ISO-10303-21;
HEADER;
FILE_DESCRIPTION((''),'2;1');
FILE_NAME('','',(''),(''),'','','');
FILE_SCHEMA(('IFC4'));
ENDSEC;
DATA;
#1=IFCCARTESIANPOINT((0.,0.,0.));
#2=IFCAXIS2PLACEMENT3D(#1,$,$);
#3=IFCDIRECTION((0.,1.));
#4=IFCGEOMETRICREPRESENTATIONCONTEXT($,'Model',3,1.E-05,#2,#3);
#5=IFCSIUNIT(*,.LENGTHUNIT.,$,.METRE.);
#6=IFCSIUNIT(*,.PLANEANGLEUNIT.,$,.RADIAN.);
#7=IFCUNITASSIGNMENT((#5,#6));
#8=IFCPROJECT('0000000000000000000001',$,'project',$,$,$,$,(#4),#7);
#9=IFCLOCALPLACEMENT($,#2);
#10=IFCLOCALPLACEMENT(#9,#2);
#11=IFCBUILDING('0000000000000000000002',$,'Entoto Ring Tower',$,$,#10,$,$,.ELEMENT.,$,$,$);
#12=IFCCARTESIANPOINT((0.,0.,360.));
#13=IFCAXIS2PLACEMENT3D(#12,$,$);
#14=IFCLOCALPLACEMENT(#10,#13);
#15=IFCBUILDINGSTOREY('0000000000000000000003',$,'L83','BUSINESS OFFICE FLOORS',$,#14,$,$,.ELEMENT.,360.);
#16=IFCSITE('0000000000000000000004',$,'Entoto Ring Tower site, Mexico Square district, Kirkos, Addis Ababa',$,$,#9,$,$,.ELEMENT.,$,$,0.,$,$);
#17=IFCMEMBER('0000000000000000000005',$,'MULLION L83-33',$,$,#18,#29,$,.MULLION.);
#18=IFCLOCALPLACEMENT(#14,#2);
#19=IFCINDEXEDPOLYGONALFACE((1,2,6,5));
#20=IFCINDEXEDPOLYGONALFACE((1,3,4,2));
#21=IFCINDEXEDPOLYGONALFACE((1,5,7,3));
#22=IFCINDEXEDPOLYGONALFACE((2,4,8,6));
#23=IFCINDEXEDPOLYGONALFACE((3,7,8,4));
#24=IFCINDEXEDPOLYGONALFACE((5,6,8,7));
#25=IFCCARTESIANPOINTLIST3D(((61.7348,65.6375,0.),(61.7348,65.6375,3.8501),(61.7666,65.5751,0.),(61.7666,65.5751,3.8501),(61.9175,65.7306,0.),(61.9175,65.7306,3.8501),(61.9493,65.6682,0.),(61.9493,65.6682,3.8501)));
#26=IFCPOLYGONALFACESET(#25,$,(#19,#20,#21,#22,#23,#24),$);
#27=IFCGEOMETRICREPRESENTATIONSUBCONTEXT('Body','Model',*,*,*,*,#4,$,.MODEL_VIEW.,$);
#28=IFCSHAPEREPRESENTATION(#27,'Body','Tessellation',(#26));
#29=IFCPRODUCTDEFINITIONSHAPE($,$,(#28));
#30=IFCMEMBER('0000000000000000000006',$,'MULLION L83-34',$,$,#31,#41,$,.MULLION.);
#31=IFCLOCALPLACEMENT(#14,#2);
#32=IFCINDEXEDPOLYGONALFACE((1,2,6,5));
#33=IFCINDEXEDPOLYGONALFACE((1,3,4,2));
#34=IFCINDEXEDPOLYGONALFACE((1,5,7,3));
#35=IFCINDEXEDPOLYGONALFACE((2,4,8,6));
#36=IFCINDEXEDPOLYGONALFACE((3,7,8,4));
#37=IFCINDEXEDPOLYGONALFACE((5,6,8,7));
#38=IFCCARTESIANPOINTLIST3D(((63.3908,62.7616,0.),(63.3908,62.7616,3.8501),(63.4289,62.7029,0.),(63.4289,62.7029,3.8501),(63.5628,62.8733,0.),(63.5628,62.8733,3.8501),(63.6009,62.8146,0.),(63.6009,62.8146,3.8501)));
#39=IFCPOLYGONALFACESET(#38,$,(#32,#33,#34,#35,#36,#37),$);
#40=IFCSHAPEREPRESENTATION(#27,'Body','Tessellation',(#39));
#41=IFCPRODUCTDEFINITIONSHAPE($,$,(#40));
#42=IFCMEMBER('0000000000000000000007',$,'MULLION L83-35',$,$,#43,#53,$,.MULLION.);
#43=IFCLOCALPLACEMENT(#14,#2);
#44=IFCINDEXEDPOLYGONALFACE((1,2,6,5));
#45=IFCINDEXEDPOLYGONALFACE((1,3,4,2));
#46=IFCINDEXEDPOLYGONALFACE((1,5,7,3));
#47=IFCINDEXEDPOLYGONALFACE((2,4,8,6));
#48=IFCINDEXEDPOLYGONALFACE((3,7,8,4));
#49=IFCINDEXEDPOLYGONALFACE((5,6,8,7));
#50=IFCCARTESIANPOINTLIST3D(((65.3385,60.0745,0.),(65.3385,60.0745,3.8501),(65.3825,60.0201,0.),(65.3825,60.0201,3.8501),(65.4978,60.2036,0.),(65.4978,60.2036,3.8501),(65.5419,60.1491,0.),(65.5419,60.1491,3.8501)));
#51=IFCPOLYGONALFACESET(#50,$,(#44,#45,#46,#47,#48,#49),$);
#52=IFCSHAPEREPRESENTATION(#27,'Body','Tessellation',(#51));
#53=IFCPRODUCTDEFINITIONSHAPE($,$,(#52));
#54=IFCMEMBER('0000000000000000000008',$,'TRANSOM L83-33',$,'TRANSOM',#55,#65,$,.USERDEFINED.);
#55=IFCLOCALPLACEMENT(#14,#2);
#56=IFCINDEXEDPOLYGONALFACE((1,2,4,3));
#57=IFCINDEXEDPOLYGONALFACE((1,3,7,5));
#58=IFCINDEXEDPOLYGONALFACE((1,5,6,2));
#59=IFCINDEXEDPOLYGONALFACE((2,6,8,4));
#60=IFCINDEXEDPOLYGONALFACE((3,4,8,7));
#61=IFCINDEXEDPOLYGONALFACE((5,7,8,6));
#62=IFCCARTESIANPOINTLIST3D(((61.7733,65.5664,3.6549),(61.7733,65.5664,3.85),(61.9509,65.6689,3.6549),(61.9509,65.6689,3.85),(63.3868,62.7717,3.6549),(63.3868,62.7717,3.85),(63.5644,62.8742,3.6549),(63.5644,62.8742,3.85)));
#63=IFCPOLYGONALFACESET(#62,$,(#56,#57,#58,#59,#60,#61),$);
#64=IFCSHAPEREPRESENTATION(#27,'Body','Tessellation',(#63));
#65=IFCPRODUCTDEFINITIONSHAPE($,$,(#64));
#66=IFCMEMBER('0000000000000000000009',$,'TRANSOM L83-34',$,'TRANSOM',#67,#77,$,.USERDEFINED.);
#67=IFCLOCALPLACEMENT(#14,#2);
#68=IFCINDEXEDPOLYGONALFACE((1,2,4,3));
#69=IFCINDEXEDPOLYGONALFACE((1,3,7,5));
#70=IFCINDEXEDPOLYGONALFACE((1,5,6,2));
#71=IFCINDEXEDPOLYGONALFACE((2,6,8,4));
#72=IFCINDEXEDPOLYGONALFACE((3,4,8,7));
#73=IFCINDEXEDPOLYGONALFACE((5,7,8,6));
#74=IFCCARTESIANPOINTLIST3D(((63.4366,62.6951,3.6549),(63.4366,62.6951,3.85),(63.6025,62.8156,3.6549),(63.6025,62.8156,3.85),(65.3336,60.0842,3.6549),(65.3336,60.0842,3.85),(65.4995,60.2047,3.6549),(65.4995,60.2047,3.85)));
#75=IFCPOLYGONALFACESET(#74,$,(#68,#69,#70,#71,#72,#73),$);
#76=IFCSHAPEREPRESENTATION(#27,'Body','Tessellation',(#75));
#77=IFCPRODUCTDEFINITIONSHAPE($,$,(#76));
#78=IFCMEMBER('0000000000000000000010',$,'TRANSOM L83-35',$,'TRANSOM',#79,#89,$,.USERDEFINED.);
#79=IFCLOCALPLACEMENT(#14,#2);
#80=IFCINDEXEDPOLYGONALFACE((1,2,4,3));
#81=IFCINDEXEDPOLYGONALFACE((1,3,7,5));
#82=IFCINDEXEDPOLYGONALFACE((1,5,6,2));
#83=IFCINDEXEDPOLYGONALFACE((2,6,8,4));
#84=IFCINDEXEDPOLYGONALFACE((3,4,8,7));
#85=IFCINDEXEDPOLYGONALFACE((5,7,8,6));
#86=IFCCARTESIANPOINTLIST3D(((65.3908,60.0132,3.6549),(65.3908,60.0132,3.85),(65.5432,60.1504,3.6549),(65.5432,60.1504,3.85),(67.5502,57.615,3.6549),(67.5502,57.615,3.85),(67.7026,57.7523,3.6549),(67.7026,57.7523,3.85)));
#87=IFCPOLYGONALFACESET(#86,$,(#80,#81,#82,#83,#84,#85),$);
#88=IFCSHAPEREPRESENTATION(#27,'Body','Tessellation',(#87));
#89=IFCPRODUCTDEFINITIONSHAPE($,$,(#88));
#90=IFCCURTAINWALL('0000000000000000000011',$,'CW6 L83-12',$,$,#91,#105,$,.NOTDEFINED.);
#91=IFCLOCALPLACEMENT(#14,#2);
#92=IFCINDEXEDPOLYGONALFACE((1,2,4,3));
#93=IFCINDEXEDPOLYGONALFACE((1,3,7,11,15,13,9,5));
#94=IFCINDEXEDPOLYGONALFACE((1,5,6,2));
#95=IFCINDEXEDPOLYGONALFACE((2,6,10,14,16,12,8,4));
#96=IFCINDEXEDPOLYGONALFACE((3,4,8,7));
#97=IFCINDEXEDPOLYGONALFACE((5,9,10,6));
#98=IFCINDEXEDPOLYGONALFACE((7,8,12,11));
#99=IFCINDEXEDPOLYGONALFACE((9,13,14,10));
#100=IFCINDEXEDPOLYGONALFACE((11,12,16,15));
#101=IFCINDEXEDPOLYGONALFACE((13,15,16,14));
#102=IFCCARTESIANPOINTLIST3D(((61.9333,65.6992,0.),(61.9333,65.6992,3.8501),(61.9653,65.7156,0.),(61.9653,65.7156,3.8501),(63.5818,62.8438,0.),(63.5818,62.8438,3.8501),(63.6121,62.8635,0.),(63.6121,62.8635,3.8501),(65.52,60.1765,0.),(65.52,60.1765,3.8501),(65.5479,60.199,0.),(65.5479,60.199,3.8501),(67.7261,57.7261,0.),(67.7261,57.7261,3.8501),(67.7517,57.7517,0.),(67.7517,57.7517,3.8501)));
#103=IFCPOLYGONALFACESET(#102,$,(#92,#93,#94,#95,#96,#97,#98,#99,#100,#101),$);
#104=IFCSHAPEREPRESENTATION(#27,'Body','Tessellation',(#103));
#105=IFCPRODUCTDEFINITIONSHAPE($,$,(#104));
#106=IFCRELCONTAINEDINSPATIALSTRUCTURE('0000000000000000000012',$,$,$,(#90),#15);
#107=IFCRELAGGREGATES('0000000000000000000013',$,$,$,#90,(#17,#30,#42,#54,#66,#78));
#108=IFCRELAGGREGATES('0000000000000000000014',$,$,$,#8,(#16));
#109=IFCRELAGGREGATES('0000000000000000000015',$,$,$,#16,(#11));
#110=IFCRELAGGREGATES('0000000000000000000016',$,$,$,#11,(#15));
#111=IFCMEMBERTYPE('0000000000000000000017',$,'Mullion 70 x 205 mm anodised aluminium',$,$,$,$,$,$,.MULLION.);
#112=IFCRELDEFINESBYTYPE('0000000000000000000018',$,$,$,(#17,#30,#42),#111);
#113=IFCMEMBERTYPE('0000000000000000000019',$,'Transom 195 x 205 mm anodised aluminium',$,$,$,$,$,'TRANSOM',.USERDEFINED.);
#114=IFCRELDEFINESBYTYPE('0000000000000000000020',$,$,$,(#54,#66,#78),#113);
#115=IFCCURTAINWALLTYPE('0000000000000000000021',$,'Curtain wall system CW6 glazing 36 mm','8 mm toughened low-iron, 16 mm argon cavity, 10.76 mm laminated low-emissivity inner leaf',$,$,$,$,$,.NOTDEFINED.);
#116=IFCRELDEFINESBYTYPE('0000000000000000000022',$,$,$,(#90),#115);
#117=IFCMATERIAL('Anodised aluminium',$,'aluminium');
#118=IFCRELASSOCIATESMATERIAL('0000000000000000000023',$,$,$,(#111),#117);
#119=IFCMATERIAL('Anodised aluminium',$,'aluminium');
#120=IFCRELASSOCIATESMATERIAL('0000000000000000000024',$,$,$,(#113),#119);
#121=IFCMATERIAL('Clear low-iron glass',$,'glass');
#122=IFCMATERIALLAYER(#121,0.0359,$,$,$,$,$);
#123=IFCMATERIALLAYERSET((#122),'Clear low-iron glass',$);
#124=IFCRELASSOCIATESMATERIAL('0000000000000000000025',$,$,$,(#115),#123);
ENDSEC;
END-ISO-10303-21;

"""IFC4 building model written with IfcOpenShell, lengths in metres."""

from ifc_helpers import new_model, si_unit, direction, frame, origin, origin_2d, place, context, subcontext, project, spatial, polyline, rectangle, outline, extrude, material, layer, layer_set, material_profile, profile_set, type_object, element, aggregate, save


model = new_model("IFC4")

# Units and contexts
model_context = context("Model", 3, precision=1e-05, world=origin(), true_north=direction((0.0, 1.0)))
body_context = subcontext(model_context, "Body", "Model", "MODEL_VIEW")
ifc_project = project(units=[si_unit("LENGTHUNIT", "METRE"), si_unit("PLANEANGLEUNIT", "RADIAN")], contexts=[model_context])

# Members
ifc_material_1 = material(Name="Anodised aluminium", Category="aluminium")
ifc_material_profile_1 = material_profile(ifc_material_1, rectangle(XDim=0.0701, YDim=0.2051, at=origin_2d()), Name="Mullion 70 x 205 mm anodised aluminium")
ifc_profile_set_1 = profile_set([ifc_material_profile_1], Name="Anodised aluminium")
member_type_1 = type_object("IfcMemberType", Name="Mullion 70 x 205 mm anodised aluminium", PredefinedType="MULLION", material=ifc_profile_set_1)
site_placement = place(None, origin())
building_placement = place(site_placement, origin())
storey_placement = place(building_placement, frame((0.0, 0.0, 360.0)))
member_1_placement = place(storey_placement, frame((61.842, 65.6528, 0.0), z_axis=(0.0, 0.0, 1.0), x_axis=(0.45399, -0.891007, 0.0)))
member_1 = element("IfcMember", 1, at=member_1_placement, type_object=member_type_1, Name="MULLION L83-33", PredefinedType="MULLION", context=body_context, shape_type="SweptSolid", body=[
    extrude(rectangle(XDim=0.0701, YDim=0.2051, at=origin_2d()), origin(), (0.0, 0.0, 1.0), 3.8501),
])
member_2_placement = place(storey_placement, frame((63.4958, 62.7881, 0.0), z_axis=(0.0, 0.0, 1.0), x_axis=(0.544639, -0.838671, 0.0)))
member_2 = element("IfcMember", 2, at=member_2_placement, type_object=member_type_1, Name="MULLION L83-34", PredefinedType="MULLION", context=body_context, shape_type="SweptSolid", body=[
    extrude(rectangle(XDim=0.0701, YDim=0.2051, at=origin_2d()), origin(), (0.0, 0.0, 1.0), 3.8501),
])
member_3_placement = place(storey_placement, frame((65.4402, 60.1118, 0.0), z_axis=(0.0, 0.0, 1.0), x_axis=(0.62932, -0.777146, 0.0)))
member_3 = element("IfcMember", 3, at=member_3_placement, type_object=member_type_1, Name="MULLION L83-35", PredefinedType="MULLION", context=body_context, shape_type="SweptSolid", body=[
    extrude(rectangle(XDim=0.0701, YDim=0.2051, at=origin_2d()), origin(), (0.0, 0.0, 1.0), 3.8501),
])
ifc_material_2 = material(Name="Anodised aluminium", Category="aluminium")
ifc_material_profile_2 = material_profile(ifc_material_2, rectangle(XDim=0.2051, YDim=0.1951, at=origin_2d()), Name="Transom 195 x 205 mm anodised aluminium")
ifc_profile_set_2 = profile_set([ifc_material_profile_2], Name="Anodised aluminium")
member_type_2 = type_object("IfcMemberType", Name="Transom 195 x 205 mm anodised aluminium", ElementType="TRANSOM", PredefinedType="USERDEFINED", material=ifc_profile_set_2)
member_4_placement = place(storey_placement, frame((61.8621, 65.6177, 3.7524), z_axis=(0.500004, -0.866023, 0.0), x_axis=(0.866023, 0.500004, 0.0)))
member_4 = element("IfcMember", 4, at=member_4_placement, type_object=member_type_2, Name="TRANSOM L83-33", ObjectType="TRANSOM", PredefinedType="USERDEFINED", context=body_context, shape_type="SweptSolid", body=[
    extrude(rectangle(XDim=0.2051, YDim=0.1951, at=origin_2d()), origin(), (0.0, 0.0, 1.0), 3.2271),
])
member_5_placement = place(storey_placement, frame((63.5195, 62.7554, 3.7524), z_axis=(0.587803, -0.809004, 0.0), x_axis=(0.809004, 0.587803, 0.0)))
member_5 = element("IfcMember", 5, at=member_5_placement, type_object=member_type_2, Name="TRANSOM L83-34", ObjectType="TRANSOM", PredefinedType="USERDEFINED", context=body_context, shape_type="SweptSolid", body=[
    extrude(rectangle(XDim=0.2051, YDim=0.1951, at=origin_2d()), origin(), (0.0, 0.0, 1.0), 3.2273),
])
member_6_placement = place(storey_placement, frame((65.467, 60.0818, 3.7524), z_axis=(0.669144, -0.743132, 0.0), x_axis=(0.743132, 0.669144, 0.0)))
member_6 = element("IfcMember", 6, at=member_6_placement, type_object=member_type_2, Name="TRANSOM L83-35", ObjectType="TRANSOM", PredefinedType="USERDEFINED", context=body_context, shape_type="SweptSolid", body=[
    extrude(rectangle(XDim=0.2051, YDim=0.1951, at=origin_2d()), origin(), (0.0, 0.0, 1.0), 3.2271),
])

# Site, building, storey
site = spatial("IfcSite", under=ifc_project, at=site_placement, Name="Entoto Ring Tower site, Mexico Square district, Kirkos, Addis Ababa", CompositionType="ELEMENT", RefElevation=0.0)
building = spatial("IfcBuilding", under=site, at=building_placement, Name="Entoto Ring Tower", CompositionType="ELEMENT")
storey = spatial("IfcBuildingStorey", under=building, at=storey_placement, Name="L83", Description="BUSINESS OFFICE FLOORS", CompositionType="ELEMENT", Elevation=360.0)

# Curtain wall
ifc_material_3 = material(Name="Clear low-iron glass", Category="glass")
ifc_layer = layer(ifc_material_3, 0.0359)
ifc_layer_set = layer_set([ifc_layer], Name="Clear low-iron glass")
curtain_wall_type = type_object("IfcCurtainWallType", Name="Curtain wall system CW6 glazing 36 mm", Description="8 mm toughened low-iron, 16 mm argon cavity, 10.76 mm laminated low-emissivity inner leaf", PredefinedType="NOTDEFINED", material=ifc_layer_set)
curtain_wall_1_placement = place(storey_placement, origin())
curtain_wall_1 = element("IfcCurtainWall", 7, at=curtain_wall_1_placement, inside=storey, type_object=curtain_wall_type, Name="CW6 L83-12", PredefinedType="NOTDEFINED", context=body_context, shape_type="SweptSolid", body=[
    extrude(outline(polyline([(61.9333, 65.6992), (63.5818, 62.8438), (65.52, 60.1765), (67.7261, 57.7261), (67.7517, 57.7517), (65.5479, 60.199), (63.6121, 62.8635), (61.9653, 65.7156), (61.9333, 65.6992)])), origin(), (0.0, 0.0, 1.0), 3.8501),
])
aggregate(curtain_wall_1, [member_1, member_2, member_3, member_4, member_5, member_6])

save(model, "model.ifc")
